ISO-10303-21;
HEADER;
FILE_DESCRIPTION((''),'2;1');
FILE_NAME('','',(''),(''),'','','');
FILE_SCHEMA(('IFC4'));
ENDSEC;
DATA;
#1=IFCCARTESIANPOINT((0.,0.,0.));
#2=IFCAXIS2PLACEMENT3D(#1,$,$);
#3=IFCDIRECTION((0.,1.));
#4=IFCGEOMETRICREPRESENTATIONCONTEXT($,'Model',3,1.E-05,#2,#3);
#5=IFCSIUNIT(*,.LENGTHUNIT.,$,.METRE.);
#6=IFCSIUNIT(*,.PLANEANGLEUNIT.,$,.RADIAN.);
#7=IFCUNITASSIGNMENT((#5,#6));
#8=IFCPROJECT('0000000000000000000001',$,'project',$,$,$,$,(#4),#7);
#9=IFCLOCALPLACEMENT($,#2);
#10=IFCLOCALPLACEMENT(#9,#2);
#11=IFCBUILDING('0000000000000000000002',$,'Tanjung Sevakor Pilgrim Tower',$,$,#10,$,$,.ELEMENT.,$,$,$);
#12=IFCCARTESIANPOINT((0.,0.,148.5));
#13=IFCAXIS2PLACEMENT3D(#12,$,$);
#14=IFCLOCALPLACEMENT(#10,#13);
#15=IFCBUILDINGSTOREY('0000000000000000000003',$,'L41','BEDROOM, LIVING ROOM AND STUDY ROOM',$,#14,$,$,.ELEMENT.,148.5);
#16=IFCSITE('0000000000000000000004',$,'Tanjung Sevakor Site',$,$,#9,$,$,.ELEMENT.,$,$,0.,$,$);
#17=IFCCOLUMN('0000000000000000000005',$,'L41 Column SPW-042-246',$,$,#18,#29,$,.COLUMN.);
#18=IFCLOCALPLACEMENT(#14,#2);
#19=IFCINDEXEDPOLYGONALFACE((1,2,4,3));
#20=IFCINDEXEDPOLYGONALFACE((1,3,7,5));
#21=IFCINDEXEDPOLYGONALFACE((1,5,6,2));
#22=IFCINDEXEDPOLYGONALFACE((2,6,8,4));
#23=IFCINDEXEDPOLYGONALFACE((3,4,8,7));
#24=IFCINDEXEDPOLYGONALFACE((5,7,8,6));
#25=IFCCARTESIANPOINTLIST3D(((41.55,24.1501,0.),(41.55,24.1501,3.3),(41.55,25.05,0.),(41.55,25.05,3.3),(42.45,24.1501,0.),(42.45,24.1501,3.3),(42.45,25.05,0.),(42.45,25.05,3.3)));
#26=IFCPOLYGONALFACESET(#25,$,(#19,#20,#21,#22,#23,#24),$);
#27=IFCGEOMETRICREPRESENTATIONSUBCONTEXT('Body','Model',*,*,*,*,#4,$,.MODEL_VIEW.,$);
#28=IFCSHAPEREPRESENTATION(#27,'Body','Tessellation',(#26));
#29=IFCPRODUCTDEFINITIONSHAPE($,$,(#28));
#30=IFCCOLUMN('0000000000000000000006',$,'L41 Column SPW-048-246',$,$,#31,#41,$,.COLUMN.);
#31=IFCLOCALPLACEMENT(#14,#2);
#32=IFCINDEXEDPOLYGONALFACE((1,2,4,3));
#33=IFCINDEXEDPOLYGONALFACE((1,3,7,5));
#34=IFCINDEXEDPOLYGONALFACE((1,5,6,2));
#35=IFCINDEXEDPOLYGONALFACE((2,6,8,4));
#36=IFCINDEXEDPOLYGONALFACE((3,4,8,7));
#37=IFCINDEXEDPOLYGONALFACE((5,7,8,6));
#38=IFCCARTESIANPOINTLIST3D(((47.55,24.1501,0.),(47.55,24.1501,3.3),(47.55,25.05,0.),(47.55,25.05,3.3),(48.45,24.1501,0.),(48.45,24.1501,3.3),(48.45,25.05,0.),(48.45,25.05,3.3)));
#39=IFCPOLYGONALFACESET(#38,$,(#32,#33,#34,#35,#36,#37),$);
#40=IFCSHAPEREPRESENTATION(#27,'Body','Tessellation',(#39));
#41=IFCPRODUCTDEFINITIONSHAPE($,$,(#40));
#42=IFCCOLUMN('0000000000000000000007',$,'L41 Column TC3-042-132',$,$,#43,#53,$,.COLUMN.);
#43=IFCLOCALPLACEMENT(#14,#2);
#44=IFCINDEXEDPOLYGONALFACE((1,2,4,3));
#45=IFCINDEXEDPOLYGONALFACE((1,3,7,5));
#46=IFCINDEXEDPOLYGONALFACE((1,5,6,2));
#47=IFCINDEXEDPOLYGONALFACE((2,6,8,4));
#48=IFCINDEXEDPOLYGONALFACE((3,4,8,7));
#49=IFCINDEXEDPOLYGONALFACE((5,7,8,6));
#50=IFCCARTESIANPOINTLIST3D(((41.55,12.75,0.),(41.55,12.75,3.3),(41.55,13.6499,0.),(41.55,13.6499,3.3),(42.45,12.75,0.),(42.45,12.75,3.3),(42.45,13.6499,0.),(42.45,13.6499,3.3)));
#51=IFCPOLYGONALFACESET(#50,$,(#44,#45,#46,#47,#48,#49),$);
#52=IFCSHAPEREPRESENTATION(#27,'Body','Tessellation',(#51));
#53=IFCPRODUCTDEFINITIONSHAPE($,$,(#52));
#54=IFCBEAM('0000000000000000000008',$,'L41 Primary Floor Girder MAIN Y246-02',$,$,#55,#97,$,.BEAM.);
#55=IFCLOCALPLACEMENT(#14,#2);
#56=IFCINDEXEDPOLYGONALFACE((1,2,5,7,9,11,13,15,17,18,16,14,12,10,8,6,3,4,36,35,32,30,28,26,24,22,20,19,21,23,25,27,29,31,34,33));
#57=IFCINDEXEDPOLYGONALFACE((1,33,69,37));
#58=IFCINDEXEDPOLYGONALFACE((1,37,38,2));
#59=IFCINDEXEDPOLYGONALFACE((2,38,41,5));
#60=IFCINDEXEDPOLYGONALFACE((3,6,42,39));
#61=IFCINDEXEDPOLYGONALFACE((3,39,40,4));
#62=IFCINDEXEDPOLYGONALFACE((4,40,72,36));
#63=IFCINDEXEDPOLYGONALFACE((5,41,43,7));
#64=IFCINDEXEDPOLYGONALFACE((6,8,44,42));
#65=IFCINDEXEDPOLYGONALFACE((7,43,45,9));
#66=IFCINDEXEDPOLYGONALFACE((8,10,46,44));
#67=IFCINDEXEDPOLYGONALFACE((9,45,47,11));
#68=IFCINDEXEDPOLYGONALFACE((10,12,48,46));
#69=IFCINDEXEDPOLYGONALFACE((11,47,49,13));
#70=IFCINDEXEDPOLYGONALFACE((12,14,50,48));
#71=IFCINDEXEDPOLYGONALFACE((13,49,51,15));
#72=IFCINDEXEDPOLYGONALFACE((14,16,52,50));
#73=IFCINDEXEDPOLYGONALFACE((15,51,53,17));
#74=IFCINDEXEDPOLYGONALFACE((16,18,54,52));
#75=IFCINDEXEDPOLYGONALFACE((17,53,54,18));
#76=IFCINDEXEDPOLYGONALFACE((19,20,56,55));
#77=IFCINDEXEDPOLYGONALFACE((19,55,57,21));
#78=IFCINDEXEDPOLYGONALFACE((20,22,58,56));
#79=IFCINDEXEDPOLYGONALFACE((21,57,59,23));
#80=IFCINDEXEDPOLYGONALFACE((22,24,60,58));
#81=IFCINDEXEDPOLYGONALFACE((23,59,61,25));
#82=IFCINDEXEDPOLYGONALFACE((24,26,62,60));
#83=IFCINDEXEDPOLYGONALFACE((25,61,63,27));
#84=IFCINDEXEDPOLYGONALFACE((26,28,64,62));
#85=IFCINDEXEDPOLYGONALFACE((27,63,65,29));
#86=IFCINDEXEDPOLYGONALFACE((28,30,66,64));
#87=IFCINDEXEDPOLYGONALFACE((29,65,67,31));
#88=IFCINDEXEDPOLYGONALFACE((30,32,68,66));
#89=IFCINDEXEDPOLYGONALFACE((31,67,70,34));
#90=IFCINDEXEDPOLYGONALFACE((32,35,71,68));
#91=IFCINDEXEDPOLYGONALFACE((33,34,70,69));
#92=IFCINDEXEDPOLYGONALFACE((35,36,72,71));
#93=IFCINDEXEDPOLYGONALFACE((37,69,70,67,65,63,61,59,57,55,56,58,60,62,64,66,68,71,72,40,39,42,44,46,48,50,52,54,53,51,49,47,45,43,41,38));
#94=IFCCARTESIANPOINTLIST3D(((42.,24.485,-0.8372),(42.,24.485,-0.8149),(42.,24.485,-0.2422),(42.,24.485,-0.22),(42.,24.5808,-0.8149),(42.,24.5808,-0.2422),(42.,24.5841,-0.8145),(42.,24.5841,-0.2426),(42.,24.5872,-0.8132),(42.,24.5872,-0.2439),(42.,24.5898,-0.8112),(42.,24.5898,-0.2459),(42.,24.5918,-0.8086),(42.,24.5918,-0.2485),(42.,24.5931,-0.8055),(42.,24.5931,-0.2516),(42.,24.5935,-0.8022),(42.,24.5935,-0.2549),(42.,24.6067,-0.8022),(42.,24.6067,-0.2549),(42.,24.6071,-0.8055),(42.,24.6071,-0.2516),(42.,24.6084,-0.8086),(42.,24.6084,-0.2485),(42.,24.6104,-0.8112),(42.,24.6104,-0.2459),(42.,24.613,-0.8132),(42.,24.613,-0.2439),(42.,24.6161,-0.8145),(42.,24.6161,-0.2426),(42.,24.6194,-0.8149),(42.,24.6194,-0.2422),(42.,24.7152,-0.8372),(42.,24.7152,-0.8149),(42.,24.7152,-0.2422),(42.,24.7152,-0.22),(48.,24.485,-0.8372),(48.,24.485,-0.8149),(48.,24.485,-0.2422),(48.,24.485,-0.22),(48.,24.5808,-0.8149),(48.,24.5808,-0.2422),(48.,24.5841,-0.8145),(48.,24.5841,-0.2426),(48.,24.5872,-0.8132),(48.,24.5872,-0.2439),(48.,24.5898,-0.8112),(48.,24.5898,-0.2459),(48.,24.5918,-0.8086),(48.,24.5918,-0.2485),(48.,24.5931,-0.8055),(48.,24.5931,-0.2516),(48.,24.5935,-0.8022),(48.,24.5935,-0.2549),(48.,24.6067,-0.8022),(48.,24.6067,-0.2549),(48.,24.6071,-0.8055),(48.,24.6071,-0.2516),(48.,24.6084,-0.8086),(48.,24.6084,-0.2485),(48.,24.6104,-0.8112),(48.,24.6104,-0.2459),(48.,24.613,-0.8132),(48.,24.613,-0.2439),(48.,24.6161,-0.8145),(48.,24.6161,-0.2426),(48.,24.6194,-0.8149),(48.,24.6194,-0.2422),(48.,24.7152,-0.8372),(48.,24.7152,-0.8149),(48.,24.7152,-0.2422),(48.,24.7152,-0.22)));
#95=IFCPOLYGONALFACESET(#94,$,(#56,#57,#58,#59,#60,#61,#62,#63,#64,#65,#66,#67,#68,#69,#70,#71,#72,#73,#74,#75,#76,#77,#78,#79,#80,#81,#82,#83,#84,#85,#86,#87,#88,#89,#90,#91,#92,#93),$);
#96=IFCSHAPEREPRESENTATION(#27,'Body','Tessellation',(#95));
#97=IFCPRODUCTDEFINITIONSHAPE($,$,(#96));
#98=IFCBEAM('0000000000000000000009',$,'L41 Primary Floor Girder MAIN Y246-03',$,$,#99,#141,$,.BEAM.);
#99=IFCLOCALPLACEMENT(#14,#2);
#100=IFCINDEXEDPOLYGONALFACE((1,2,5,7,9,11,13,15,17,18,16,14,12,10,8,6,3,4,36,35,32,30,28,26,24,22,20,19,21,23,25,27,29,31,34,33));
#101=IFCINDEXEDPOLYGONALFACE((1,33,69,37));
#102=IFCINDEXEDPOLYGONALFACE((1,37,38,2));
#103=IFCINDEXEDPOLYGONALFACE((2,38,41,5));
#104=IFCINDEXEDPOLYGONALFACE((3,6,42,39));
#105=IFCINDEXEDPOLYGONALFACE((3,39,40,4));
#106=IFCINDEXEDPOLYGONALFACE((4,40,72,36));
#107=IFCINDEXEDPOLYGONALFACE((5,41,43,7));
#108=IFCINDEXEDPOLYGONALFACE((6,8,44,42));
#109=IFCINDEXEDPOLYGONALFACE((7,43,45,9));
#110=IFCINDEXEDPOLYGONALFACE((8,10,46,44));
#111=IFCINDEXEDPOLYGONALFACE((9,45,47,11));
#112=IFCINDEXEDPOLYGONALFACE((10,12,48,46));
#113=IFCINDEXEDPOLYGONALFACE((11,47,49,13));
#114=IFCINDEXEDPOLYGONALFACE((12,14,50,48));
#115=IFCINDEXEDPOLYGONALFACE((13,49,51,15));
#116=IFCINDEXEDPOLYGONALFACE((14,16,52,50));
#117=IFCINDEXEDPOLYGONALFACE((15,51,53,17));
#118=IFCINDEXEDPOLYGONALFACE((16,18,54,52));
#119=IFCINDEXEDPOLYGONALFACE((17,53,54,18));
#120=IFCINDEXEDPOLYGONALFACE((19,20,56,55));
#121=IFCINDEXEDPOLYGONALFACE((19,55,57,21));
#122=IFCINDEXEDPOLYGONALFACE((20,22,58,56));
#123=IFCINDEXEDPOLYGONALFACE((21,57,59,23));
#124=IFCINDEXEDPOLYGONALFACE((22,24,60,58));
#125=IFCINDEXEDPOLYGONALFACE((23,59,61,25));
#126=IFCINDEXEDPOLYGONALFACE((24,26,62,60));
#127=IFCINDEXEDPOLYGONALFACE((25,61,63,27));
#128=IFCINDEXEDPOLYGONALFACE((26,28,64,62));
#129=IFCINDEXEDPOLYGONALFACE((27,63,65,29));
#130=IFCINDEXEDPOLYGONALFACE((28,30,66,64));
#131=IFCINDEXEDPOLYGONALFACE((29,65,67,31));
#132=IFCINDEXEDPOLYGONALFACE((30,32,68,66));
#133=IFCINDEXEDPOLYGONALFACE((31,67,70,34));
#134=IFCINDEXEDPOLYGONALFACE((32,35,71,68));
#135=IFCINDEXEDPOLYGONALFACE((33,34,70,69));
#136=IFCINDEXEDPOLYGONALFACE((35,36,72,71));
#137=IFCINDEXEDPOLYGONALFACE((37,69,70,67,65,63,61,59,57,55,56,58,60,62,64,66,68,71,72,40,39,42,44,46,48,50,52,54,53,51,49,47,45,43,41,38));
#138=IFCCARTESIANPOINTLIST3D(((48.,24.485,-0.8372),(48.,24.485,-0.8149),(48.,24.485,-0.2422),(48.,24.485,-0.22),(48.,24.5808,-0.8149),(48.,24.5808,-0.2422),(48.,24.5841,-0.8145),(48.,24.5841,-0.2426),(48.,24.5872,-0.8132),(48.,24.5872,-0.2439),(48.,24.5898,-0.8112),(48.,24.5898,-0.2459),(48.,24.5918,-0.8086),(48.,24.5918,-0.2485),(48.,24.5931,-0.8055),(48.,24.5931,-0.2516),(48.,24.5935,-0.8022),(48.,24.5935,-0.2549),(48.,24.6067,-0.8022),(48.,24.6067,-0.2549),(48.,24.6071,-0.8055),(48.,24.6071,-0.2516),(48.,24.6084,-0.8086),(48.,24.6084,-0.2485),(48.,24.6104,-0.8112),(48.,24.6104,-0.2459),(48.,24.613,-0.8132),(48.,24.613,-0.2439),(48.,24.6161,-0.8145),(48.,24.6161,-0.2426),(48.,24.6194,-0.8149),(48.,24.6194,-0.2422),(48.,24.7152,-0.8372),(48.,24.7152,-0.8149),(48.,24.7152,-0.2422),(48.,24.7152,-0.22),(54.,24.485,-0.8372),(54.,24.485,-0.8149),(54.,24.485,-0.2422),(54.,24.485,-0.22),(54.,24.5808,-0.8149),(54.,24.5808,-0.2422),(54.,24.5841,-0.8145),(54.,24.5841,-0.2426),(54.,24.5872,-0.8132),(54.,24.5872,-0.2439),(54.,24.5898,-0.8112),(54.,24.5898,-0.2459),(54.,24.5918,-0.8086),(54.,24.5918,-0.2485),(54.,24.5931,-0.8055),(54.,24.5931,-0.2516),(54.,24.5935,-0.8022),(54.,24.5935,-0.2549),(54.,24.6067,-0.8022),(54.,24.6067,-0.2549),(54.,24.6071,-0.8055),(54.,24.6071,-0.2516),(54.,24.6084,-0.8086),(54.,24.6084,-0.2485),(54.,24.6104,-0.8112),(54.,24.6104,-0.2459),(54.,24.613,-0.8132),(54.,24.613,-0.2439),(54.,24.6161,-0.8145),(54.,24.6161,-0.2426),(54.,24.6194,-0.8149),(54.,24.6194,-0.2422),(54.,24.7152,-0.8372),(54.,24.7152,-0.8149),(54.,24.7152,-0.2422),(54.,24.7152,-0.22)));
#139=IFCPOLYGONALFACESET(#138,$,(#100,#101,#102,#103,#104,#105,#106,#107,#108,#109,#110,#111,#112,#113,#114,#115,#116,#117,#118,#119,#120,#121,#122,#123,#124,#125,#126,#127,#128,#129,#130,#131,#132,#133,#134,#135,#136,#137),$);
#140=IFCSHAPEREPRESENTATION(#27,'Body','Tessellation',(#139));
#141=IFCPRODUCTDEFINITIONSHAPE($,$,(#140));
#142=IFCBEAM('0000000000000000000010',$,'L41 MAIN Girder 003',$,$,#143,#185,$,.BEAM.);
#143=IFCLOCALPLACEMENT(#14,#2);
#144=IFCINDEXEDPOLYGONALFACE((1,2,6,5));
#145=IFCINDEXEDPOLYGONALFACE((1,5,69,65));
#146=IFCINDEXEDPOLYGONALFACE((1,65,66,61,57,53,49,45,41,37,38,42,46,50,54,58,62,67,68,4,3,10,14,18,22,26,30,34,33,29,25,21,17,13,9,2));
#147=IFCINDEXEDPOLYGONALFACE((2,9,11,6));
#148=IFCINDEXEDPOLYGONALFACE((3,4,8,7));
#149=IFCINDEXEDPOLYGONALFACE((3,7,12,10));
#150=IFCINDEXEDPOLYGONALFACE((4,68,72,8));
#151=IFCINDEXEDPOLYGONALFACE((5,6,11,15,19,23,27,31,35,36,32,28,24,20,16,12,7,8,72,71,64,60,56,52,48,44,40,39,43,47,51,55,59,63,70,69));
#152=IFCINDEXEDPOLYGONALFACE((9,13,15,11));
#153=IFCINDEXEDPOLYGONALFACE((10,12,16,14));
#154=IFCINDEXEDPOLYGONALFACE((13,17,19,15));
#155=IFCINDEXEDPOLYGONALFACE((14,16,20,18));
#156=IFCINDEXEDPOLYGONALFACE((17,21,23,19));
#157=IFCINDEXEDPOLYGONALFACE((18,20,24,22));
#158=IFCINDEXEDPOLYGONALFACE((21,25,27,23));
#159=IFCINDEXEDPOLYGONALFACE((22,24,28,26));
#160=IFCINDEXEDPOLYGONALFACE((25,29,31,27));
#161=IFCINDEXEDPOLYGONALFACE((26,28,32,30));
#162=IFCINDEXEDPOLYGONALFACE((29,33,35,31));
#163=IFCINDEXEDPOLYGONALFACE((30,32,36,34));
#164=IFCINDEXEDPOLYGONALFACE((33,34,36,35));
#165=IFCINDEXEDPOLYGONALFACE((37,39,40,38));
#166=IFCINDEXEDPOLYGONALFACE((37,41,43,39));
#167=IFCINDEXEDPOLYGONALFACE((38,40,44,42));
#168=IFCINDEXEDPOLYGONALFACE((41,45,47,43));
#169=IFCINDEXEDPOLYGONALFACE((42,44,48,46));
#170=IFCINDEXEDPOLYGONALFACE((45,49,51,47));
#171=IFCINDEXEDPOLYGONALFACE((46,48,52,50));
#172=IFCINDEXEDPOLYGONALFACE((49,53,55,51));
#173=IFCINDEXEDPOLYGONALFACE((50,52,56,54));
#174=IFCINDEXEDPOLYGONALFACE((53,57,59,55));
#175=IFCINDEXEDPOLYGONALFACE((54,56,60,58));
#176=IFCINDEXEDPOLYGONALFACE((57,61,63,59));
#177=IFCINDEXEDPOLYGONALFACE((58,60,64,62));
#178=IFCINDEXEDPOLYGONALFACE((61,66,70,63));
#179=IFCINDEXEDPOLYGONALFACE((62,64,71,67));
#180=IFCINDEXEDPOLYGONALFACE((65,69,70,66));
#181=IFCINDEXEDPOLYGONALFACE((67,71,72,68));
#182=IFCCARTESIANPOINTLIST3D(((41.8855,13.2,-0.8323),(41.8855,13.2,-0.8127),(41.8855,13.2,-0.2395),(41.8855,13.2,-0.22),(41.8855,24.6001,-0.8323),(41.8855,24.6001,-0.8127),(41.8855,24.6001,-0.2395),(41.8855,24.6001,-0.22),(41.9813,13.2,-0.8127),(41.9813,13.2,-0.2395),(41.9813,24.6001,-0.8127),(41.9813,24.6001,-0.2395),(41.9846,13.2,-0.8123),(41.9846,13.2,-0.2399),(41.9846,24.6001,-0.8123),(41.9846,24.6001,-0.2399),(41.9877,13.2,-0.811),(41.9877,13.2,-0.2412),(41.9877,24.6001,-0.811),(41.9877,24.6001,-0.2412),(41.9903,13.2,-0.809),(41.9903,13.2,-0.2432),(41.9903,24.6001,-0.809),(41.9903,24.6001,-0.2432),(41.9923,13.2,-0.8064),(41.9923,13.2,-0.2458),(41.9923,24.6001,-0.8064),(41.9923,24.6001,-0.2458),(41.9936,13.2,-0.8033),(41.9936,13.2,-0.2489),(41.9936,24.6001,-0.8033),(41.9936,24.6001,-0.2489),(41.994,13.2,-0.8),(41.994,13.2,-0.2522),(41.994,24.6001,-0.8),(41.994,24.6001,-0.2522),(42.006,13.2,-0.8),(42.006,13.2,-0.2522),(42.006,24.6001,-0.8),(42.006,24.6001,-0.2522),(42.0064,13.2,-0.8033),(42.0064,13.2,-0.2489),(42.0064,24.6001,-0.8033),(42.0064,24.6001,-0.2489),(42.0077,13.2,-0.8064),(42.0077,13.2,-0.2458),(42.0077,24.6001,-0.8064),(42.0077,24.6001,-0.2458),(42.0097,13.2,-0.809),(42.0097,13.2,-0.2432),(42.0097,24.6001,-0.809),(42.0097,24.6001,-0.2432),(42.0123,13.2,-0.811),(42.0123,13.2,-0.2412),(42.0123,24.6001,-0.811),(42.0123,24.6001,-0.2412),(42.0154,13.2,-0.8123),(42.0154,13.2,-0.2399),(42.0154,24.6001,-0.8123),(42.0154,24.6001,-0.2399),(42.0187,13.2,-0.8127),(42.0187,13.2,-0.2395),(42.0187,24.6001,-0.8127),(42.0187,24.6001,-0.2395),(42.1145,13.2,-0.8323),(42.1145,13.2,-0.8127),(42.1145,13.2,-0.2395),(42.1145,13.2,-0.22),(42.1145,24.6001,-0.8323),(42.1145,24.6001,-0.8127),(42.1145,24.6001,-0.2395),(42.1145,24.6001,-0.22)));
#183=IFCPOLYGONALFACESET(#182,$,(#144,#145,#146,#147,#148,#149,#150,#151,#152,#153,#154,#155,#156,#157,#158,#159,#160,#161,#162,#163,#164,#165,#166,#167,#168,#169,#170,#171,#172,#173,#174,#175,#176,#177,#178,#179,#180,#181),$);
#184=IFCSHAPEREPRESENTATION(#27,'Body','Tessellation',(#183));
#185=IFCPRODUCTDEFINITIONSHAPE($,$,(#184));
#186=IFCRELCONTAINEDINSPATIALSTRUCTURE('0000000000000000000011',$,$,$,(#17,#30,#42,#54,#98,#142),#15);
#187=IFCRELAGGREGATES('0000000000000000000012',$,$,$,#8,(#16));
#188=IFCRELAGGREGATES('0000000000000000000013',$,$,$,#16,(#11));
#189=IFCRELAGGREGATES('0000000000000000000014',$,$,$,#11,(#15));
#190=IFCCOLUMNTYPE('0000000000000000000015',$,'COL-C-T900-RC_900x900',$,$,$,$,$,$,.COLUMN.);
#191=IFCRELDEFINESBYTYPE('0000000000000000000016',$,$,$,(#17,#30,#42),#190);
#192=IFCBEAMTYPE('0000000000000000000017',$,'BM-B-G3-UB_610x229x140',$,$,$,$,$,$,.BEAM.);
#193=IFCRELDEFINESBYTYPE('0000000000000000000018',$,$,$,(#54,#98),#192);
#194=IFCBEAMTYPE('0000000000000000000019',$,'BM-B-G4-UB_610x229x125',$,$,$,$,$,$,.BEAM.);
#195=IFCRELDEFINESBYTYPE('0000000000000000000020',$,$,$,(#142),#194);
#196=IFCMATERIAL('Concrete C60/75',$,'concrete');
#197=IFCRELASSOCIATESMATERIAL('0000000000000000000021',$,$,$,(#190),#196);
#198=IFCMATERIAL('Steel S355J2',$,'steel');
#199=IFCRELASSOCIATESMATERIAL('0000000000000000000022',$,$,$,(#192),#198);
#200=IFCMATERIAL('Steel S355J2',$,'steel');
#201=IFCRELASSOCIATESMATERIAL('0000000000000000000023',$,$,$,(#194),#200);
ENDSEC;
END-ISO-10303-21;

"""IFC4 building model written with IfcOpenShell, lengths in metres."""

from ifc_helpers import new_model, si_unit, direction, frame, origin, origin_2d, place, context, subcontext, project, spatial, rectangle, i_section, extrude, material, material_profile, profile_set, type_object, element, save


model = new_model("IFC4")

# Units and contexts
model_context = context("Model", 3, precision=1e-05, world=origin(), true_north=direction((0.0, 1.0)))
body_context = subcontext(model_context, "Body", "Model", "MODEL_VIEW")
ifc_project = project(units=[si_unit("LENGTHUNIT", "METRE"), si_unit("PLANEANGLEUNIT", "RADIAN")], contexts=[model_context])

# Site, building, storey
site_placement = place(None, origin())
site = spatial("IfcSite", under=ifc_project, at=site_placement, Name="Tanjung Sevakor Site", CompositionType="ELEMENT", RefElevation=0.0)
building_placement = place(site_placement, origin())
building = spatial("IfcBuilding", under=site, at=building_placement, Name="Tanjung Sevakor Pilgrim Tower", CompositionType="ELEMENT")
storey_placement = place(building_placement, frame((0.0, 0.0, 148.5)))
storey = spatial("IfcBuildingStorey", under=building, at=storey_placement, Name="L41", Description="BEDROOM, LIVING ROOM AND STUDY ROOM", CompositionType="ELEMENT", Elevation=148.5)

# Columns
ifc_material_1 = material(Name="Concrete C60/75", Category="concrete")
ifc_material_profile_1 = material_profile(ifc_material_1, rectangle(XDim=0.8999, YDim=0.8999, at=origin_2d()))
ifc_profile_set_1 = profile_set([ifc_material_profile_1], Name="Concrete C60/75")
column_type = type_object("IfcColumnType", Name="COL-C-T900-RC_900x900", PredefinedType="COLUMN", material=ifc_profile_set_1)
for number, where, z_axis, x_axis, name in (
    (1, (42.0, 24.6001, 0.0), (0.0, 0.0, 1.0), (1.0, 0.0, 0.0), "L41 Column SPW-042-246"),
    (2, (48.0, 24.6001, 0.0), (0.0, 0.0, 1.0), (1.0, 0.0, 0.0), "L41 Column SPW-048-246"),
    (3, (42.0, 13.2, 0.0), (0.0, 0.0, 1.0), (1.0, 0.0, 0.0), "L41 Column TC3-042-132"),
):
    element("IfcColumn", number, at=place(storey_placement, frame(where, z_axis=z_axis, x_axis=x_axis)), inside=storey, type_object=column_type, Name=name, PredefinedType="COLUMN", context=body_context, shape_type="SweptSolid", body=[
        extrude(rectangle(XDim=0.8999, YDim=0.8999, at=origin_2d()), origin(), (0.0, 0.0, 1.0), 3.3),
    ])

# Beams
ifc_material_2 = material(Name="Steel S355J2", Category="steel")
ifc_material_profile_2 = material_profile(ifc_material_2, i_section(OverallWidth=0.2302, OverallDepth=0.6172, WebThickness=0.0132, FlangeThickness=0.0222, FilletRadius=0.0127, at=origin_2d()))
ifc_profile_set_2 = profile_set([ifc_material_profile_2], Name="Steel S355J2")
beam_type_1 = type_object("IfcBeamType", Name="BM-B-G3-UB_610x229x140", PredefinedType="BEAM", material=ifc_profile_set_2)
for number, where, z_axis, x_axis, name in (
    (4, (42.0, 24.6001, -0.5286), (1.0, 0.0, 0.0), (0.0, 1.0, 0.0), "L41 Primary Floor Girder MAIN Y246-02"),
    (5, (48.0, 24.6001, -0.5286), (1.0, 0.0, 0.0), (0.0, 1.0, 0.0), "L41 Primary Floor Girder MAIN Y246-03"),
):
    element("IfcBeam", number, at=place(storey_placement, frame(where, z_axis=z_axis, x_axis=x_axis)), inside=storey, type_object=beam_type_1, Name=name, PredefinedType="BEAM", context=body_context, shape_type="SweptSolid", body=[
        extrude(i_section(OverallWidth=0.2302, OverallDepth=0.6172, WebThickness=0.0132, FlangeThickness=0.0222, FilletRadius=0.0127, at=origin_2d()), origin(), (0.0, 0.0, 1.0), 6.0),
    ])
ifc_material_3 = material(Name="Steel S355J2", Category="steel")
ifc_material_profile_3 = material_profile(ifc_material_3, i_section(OverallWidth=0.229, OverallDepth=0.6123, WebThickness=0.012, FlangeThickness=0.0195, FilletRadius=0.0127, at=origin_2d()))
ifc_profile_set_3 = profile_set([ifc_material_profile_3], Name="Steel S355J2")
beam_type_2 = type_object("IfcBeamType", Name="BM-B-G4-UB_610x229x125", PredefinedType="BEAM", material=ifc_profile_set_3)
beam_1_placement = place(storey_placement, frame((42.0, 13.2, -0.5261), z_axis=(0.0, 1.0, 0.0), x_axis=(-1.0, 0.0, 0.0)))
element("IfcBeam", 6, at=beam_1_placement, inside=storey, type_object=beam_type_2, Name="L41 MAIN Girder 003", PredefinedType="BEAM", context=body_context, shape_type="SweptSolid", body=[
    extrude(i_section(OverallWidth=0.229, OverallDepth=0.6123, WebThickness=0.012, FlangeThickness=0.0195, FilletRadius=0.0127, at=origin_2d()), origin(), (0.0, 0.0, 1.0), 11.4001),
])

save(model, "model.ifc")
